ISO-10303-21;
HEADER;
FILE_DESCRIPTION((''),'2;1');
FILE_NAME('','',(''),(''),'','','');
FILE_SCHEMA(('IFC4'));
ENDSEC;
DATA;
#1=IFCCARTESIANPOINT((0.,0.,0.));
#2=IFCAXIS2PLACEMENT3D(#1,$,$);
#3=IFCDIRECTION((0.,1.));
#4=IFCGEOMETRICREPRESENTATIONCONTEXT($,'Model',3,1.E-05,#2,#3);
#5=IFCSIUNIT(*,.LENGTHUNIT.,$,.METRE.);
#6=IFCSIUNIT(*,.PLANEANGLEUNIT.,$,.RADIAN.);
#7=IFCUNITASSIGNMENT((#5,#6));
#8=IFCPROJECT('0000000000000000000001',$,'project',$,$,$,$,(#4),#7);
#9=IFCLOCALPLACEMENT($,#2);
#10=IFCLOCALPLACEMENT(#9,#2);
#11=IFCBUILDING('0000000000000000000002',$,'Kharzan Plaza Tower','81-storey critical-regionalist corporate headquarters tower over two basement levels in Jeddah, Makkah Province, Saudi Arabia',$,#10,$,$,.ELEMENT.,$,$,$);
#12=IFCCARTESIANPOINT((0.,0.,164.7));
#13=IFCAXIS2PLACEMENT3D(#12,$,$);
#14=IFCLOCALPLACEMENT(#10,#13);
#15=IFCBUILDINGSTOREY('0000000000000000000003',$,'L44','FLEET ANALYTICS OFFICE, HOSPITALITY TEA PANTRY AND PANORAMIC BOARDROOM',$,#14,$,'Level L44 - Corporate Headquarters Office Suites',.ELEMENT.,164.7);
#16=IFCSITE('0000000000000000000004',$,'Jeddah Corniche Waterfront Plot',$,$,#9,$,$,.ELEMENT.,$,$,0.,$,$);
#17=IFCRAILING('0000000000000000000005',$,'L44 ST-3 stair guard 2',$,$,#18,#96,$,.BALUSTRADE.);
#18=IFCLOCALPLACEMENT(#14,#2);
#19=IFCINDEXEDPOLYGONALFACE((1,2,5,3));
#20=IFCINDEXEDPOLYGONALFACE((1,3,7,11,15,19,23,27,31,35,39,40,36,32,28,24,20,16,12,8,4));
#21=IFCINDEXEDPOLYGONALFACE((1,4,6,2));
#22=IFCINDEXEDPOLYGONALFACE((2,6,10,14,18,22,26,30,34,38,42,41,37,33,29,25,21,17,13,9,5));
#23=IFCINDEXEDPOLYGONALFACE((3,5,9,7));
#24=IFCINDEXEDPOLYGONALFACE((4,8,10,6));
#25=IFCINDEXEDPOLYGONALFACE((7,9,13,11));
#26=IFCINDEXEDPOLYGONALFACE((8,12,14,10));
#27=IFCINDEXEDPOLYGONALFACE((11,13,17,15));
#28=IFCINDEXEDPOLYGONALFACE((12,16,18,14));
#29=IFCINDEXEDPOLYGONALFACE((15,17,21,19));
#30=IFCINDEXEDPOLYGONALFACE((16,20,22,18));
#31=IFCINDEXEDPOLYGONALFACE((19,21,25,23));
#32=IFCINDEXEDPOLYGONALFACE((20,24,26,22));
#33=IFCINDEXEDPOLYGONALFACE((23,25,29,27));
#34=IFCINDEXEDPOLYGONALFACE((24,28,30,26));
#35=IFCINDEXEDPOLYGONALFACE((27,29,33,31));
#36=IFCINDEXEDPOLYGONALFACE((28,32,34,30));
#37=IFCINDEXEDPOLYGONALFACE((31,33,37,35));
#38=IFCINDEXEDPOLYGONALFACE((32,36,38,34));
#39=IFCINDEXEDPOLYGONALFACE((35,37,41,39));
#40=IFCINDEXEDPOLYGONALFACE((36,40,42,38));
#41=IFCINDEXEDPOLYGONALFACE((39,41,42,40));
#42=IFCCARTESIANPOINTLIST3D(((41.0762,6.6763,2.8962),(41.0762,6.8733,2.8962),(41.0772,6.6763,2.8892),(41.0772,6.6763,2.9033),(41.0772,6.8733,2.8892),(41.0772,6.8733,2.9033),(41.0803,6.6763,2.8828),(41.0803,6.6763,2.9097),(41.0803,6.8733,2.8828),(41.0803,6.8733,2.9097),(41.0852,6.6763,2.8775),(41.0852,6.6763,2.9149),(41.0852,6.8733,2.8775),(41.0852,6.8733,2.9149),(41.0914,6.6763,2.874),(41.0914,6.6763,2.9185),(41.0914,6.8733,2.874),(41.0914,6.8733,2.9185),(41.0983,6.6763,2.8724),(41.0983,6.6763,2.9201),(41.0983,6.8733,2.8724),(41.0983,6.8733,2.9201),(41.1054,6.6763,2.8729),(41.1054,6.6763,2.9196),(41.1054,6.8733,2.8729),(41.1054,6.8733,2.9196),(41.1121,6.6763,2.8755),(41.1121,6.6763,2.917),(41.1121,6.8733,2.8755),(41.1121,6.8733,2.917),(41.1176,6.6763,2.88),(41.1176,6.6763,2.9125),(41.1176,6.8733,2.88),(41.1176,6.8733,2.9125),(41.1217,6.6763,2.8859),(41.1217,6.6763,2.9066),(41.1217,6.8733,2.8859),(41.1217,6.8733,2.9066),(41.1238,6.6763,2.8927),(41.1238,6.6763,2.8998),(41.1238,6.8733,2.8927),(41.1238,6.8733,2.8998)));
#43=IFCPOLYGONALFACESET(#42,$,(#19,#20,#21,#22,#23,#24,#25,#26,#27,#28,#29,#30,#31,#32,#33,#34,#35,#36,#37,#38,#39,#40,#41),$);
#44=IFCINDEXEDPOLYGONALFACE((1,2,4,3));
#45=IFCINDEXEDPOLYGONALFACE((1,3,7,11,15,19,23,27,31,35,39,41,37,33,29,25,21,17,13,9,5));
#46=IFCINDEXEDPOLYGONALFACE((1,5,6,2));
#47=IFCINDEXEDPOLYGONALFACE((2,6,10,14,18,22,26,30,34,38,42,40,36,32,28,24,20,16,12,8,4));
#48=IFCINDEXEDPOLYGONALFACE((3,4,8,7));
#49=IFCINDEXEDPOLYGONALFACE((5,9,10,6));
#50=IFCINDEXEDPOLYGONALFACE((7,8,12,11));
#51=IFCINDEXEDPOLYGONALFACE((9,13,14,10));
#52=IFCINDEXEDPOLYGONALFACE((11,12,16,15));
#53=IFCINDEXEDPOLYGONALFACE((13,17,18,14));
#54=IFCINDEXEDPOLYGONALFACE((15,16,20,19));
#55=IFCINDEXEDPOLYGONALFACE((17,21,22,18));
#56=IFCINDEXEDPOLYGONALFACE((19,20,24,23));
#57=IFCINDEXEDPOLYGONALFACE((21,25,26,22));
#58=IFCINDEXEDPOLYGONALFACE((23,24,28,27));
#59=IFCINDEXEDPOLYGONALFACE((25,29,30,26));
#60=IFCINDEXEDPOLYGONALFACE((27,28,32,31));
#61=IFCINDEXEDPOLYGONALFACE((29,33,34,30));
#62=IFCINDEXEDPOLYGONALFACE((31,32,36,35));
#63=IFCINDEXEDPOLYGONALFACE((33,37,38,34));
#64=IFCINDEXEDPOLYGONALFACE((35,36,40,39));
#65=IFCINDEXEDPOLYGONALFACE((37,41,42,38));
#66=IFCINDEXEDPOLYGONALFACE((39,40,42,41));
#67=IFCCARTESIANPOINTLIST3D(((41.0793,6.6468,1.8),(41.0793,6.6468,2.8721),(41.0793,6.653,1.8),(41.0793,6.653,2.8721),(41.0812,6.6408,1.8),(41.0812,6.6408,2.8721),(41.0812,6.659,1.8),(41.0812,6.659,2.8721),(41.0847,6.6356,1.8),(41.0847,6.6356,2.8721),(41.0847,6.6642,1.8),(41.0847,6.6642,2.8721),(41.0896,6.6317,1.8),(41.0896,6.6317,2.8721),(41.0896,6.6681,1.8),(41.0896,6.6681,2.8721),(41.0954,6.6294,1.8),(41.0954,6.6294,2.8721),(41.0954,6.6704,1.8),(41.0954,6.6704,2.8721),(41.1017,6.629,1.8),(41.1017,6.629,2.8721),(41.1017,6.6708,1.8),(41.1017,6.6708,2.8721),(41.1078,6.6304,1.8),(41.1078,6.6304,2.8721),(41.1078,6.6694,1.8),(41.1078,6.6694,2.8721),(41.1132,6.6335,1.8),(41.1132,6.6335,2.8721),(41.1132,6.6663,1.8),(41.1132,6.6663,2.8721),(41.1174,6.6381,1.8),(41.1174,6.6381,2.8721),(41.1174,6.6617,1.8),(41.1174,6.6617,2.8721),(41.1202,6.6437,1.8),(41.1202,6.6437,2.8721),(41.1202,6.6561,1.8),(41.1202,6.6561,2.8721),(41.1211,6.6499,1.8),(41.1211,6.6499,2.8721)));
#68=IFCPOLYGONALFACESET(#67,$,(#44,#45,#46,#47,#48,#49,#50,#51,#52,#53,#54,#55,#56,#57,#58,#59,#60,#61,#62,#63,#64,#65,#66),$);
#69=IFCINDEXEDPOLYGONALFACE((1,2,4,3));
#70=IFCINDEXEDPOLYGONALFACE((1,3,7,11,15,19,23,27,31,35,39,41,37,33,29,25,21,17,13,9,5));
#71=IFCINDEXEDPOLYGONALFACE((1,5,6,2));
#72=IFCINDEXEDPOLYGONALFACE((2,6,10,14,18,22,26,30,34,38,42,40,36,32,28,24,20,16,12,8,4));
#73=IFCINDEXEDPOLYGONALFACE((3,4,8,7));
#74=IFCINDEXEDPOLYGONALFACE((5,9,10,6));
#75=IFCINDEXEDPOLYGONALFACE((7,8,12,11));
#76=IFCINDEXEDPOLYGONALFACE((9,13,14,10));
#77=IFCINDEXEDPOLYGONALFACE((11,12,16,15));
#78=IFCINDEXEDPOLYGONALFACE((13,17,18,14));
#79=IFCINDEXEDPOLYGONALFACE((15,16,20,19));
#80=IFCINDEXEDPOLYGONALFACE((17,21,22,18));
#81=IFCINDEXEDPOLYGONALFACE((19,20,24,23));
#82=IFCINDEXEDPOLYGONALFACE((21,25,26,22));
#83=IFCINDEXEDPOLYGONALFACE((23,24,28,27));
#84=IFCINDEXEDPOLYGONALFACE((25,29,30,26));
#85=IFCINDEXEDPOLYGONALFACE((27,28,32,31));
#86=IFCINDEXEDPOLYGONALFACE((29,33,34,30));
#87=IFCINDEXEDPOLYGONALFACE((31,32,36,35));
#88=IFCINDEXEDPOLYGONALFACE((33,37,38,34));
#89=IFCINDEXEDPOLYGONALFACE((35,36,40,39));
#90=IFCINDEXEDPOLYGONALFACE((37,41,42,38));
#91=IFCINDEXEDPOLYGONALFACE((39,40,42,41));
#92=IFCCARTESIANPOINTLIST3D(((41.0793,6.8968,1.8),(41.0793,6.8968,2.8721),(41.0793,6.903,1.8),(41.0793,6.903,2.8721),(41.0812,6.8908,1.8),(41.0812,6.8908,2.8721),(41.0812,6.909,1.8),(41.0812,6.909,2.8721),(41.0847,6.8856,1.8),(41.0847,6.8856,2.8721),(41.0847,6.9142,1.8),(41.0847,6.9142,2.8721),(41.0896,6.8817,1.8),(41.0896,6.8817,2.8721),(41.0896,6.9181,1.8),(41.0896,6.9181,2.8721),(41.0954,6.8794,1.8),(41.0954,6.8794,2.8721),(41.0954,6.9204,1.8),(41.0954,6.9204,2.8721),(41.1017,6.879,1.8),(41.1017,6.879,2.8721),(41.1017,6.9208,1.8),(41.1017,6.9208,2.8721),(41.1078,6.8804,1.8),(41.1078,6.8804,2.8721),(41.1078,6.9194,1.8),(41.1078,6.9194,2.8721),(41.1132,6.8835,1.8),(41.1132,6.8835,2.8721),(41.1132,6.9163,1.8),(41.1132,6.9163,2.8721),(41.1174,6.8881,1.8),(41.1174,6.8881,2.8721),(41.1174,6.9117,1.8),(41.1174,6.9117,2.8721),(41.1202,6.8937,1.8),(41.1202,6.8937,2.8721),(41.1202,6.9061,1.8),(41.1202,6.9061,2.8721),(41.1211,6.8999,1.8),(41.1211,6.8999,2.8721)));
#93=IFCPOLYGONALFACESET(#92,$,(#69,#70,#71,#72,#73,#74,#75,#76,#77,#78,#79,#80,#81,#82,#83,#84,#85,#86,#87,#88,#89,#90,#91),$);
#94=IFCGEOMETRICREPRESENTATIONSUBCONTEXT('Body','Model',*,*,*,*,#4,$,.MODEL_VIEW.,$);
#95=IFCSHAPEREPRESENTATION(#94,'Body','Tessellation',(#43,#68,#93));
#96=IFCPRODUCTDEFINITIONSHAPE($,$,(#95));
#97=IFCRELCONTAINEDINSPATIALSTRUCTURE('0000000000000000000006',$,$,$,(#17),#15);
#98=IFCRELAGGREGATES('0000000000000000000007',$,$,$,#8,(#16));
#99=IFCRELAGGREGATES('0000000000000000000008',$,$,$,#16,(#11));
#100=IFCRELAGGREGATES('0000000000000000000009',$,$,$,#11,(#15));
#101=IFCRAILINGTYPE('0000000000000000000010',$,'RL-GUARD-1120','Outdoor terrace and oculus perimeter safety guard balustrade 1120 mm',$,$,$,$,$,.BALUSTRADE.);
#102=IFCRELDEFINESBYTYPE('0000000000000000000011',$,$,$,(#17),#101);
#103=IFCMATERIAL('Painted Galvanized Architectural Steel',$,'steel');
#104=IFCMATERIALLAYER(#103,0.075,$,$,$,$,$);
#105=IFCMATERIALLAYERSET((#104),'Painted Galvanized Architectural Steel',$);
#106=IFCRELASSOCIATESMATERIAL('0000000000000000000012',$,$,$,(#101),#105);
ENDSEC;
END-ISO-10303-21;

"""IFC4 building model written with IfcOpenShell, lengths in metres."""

from ifc_helpers import new_model, si_unit, direction, frame, origin, origin_2d, place, context, subcontext, project, spatial, circle, extrude, source, transform, mapped, material, layer, layer_set, type_object, element, save


model = new_model("IFC4")

# Units and contexts
model_context = context("Model", 3, precision=1e-05, world=origin(), true_north=direction((0.0, 1.0)))
body_context = subcontext(model_context, "Body", "Model", "MODEL_VIEW")
ifc_project = project(units=[si_unit("LENGTHUNIT", "METRE"), si_unit("PLANEANGLEUNIT", "RADIAN")], contexts=[model_context])

# Site, building, storey
site_placement = place(None, origin())
site = spatial("IfcSite", under=ifc_project, at=site_placement, Name="Jeddah Corniche Waterfront Plot", CompositionType="ELEMENT", RefElevation=0.0)
building_placement = place(site_placement, origin())
building = spatial("IfcBuilding", under=site, at=building_placement, Name="Kharzan Plaza Tower", Description="81-storey critical-regionalist corporate headquarters tower over two basement levels in Jeddah, Makkah Province, Saudi Arabia", CompositionType="ELEMENT")
storey_placement = place(building_placement, frame((0.0, 0.0, 164.7)))
storey = spatial("IfcBuildingStorey", under=building, at=storey_placement, Name="L44", Description="FLEET ANALYTICS OFFICE, HOSPITALITY TEA PANTRY AND PANORAMIC BOARDROOM", LongName="Level L44 - Corporate Headquarters Office Suites", CompositionType="ELEMENT", Elevation=164.7)

# Railing
ifc_material_1 = material(Name="Painted Galvanized Architectural Steel", Category="steel")
ifc_layer_1 = layer(ifc_material_1, 0.075)
ifc_layer_set_1 = layer_set([ifc_layer_1], Name="Painted Galvanized Architectural Steel")
railing_type_1 = type_object("IfcRailingType", Name="RL-GUARD-1120", Description="Outdoor terrace and oculus perimeter safety guard balustrade 1120 mm", PredefinedType="BALUSTRADE", material=ifc_layer_set_1)
shared_shape_1 = source(origin(), body_context, "Body", "SweptSolid", [
    extrude(circle(Radius=0.0239, at=origin_2d()), frame((0.0, 0.0264, 1.0962), z_axis=(0.0, 1.0, 0.0), x_axis=(-1.0, 0.0, 0.0)), (0.0, 0.0, 1.0), 0.197),
    extrude(circle(Radius=0.021, at=origin_2d()), origin(), (0.0, 0.0, 1.0), 1.072),
    extrude(circle(Radius=0.021, at=origin_2d()), frame((0.0, 0.25, 0.0)), (0.0, 0.0, 1.0), 1.072),
])
railing_1_placement = place(storey_placement, frame((41.1001, 6.6499, 1.8)))
element("IfcRailing", 1, at=railing_1_placement, inside=storey, type_object=railing_type_1, Name="L44 ST-3 stair guard 2", PredefinedType="BALUSTRADE", context=body_context, shape_type="MappedRepresentation", body=[
    mapped(shared_shape_1, transform((0.0, 0.0, 0.0), x_axis=(1.0, 0.0, 0.0), y_axis=(0.0, 1.0, 0.0), z_axis=(0.0, 0.0, 1.0))),
])

save(model, "model.ifc")
